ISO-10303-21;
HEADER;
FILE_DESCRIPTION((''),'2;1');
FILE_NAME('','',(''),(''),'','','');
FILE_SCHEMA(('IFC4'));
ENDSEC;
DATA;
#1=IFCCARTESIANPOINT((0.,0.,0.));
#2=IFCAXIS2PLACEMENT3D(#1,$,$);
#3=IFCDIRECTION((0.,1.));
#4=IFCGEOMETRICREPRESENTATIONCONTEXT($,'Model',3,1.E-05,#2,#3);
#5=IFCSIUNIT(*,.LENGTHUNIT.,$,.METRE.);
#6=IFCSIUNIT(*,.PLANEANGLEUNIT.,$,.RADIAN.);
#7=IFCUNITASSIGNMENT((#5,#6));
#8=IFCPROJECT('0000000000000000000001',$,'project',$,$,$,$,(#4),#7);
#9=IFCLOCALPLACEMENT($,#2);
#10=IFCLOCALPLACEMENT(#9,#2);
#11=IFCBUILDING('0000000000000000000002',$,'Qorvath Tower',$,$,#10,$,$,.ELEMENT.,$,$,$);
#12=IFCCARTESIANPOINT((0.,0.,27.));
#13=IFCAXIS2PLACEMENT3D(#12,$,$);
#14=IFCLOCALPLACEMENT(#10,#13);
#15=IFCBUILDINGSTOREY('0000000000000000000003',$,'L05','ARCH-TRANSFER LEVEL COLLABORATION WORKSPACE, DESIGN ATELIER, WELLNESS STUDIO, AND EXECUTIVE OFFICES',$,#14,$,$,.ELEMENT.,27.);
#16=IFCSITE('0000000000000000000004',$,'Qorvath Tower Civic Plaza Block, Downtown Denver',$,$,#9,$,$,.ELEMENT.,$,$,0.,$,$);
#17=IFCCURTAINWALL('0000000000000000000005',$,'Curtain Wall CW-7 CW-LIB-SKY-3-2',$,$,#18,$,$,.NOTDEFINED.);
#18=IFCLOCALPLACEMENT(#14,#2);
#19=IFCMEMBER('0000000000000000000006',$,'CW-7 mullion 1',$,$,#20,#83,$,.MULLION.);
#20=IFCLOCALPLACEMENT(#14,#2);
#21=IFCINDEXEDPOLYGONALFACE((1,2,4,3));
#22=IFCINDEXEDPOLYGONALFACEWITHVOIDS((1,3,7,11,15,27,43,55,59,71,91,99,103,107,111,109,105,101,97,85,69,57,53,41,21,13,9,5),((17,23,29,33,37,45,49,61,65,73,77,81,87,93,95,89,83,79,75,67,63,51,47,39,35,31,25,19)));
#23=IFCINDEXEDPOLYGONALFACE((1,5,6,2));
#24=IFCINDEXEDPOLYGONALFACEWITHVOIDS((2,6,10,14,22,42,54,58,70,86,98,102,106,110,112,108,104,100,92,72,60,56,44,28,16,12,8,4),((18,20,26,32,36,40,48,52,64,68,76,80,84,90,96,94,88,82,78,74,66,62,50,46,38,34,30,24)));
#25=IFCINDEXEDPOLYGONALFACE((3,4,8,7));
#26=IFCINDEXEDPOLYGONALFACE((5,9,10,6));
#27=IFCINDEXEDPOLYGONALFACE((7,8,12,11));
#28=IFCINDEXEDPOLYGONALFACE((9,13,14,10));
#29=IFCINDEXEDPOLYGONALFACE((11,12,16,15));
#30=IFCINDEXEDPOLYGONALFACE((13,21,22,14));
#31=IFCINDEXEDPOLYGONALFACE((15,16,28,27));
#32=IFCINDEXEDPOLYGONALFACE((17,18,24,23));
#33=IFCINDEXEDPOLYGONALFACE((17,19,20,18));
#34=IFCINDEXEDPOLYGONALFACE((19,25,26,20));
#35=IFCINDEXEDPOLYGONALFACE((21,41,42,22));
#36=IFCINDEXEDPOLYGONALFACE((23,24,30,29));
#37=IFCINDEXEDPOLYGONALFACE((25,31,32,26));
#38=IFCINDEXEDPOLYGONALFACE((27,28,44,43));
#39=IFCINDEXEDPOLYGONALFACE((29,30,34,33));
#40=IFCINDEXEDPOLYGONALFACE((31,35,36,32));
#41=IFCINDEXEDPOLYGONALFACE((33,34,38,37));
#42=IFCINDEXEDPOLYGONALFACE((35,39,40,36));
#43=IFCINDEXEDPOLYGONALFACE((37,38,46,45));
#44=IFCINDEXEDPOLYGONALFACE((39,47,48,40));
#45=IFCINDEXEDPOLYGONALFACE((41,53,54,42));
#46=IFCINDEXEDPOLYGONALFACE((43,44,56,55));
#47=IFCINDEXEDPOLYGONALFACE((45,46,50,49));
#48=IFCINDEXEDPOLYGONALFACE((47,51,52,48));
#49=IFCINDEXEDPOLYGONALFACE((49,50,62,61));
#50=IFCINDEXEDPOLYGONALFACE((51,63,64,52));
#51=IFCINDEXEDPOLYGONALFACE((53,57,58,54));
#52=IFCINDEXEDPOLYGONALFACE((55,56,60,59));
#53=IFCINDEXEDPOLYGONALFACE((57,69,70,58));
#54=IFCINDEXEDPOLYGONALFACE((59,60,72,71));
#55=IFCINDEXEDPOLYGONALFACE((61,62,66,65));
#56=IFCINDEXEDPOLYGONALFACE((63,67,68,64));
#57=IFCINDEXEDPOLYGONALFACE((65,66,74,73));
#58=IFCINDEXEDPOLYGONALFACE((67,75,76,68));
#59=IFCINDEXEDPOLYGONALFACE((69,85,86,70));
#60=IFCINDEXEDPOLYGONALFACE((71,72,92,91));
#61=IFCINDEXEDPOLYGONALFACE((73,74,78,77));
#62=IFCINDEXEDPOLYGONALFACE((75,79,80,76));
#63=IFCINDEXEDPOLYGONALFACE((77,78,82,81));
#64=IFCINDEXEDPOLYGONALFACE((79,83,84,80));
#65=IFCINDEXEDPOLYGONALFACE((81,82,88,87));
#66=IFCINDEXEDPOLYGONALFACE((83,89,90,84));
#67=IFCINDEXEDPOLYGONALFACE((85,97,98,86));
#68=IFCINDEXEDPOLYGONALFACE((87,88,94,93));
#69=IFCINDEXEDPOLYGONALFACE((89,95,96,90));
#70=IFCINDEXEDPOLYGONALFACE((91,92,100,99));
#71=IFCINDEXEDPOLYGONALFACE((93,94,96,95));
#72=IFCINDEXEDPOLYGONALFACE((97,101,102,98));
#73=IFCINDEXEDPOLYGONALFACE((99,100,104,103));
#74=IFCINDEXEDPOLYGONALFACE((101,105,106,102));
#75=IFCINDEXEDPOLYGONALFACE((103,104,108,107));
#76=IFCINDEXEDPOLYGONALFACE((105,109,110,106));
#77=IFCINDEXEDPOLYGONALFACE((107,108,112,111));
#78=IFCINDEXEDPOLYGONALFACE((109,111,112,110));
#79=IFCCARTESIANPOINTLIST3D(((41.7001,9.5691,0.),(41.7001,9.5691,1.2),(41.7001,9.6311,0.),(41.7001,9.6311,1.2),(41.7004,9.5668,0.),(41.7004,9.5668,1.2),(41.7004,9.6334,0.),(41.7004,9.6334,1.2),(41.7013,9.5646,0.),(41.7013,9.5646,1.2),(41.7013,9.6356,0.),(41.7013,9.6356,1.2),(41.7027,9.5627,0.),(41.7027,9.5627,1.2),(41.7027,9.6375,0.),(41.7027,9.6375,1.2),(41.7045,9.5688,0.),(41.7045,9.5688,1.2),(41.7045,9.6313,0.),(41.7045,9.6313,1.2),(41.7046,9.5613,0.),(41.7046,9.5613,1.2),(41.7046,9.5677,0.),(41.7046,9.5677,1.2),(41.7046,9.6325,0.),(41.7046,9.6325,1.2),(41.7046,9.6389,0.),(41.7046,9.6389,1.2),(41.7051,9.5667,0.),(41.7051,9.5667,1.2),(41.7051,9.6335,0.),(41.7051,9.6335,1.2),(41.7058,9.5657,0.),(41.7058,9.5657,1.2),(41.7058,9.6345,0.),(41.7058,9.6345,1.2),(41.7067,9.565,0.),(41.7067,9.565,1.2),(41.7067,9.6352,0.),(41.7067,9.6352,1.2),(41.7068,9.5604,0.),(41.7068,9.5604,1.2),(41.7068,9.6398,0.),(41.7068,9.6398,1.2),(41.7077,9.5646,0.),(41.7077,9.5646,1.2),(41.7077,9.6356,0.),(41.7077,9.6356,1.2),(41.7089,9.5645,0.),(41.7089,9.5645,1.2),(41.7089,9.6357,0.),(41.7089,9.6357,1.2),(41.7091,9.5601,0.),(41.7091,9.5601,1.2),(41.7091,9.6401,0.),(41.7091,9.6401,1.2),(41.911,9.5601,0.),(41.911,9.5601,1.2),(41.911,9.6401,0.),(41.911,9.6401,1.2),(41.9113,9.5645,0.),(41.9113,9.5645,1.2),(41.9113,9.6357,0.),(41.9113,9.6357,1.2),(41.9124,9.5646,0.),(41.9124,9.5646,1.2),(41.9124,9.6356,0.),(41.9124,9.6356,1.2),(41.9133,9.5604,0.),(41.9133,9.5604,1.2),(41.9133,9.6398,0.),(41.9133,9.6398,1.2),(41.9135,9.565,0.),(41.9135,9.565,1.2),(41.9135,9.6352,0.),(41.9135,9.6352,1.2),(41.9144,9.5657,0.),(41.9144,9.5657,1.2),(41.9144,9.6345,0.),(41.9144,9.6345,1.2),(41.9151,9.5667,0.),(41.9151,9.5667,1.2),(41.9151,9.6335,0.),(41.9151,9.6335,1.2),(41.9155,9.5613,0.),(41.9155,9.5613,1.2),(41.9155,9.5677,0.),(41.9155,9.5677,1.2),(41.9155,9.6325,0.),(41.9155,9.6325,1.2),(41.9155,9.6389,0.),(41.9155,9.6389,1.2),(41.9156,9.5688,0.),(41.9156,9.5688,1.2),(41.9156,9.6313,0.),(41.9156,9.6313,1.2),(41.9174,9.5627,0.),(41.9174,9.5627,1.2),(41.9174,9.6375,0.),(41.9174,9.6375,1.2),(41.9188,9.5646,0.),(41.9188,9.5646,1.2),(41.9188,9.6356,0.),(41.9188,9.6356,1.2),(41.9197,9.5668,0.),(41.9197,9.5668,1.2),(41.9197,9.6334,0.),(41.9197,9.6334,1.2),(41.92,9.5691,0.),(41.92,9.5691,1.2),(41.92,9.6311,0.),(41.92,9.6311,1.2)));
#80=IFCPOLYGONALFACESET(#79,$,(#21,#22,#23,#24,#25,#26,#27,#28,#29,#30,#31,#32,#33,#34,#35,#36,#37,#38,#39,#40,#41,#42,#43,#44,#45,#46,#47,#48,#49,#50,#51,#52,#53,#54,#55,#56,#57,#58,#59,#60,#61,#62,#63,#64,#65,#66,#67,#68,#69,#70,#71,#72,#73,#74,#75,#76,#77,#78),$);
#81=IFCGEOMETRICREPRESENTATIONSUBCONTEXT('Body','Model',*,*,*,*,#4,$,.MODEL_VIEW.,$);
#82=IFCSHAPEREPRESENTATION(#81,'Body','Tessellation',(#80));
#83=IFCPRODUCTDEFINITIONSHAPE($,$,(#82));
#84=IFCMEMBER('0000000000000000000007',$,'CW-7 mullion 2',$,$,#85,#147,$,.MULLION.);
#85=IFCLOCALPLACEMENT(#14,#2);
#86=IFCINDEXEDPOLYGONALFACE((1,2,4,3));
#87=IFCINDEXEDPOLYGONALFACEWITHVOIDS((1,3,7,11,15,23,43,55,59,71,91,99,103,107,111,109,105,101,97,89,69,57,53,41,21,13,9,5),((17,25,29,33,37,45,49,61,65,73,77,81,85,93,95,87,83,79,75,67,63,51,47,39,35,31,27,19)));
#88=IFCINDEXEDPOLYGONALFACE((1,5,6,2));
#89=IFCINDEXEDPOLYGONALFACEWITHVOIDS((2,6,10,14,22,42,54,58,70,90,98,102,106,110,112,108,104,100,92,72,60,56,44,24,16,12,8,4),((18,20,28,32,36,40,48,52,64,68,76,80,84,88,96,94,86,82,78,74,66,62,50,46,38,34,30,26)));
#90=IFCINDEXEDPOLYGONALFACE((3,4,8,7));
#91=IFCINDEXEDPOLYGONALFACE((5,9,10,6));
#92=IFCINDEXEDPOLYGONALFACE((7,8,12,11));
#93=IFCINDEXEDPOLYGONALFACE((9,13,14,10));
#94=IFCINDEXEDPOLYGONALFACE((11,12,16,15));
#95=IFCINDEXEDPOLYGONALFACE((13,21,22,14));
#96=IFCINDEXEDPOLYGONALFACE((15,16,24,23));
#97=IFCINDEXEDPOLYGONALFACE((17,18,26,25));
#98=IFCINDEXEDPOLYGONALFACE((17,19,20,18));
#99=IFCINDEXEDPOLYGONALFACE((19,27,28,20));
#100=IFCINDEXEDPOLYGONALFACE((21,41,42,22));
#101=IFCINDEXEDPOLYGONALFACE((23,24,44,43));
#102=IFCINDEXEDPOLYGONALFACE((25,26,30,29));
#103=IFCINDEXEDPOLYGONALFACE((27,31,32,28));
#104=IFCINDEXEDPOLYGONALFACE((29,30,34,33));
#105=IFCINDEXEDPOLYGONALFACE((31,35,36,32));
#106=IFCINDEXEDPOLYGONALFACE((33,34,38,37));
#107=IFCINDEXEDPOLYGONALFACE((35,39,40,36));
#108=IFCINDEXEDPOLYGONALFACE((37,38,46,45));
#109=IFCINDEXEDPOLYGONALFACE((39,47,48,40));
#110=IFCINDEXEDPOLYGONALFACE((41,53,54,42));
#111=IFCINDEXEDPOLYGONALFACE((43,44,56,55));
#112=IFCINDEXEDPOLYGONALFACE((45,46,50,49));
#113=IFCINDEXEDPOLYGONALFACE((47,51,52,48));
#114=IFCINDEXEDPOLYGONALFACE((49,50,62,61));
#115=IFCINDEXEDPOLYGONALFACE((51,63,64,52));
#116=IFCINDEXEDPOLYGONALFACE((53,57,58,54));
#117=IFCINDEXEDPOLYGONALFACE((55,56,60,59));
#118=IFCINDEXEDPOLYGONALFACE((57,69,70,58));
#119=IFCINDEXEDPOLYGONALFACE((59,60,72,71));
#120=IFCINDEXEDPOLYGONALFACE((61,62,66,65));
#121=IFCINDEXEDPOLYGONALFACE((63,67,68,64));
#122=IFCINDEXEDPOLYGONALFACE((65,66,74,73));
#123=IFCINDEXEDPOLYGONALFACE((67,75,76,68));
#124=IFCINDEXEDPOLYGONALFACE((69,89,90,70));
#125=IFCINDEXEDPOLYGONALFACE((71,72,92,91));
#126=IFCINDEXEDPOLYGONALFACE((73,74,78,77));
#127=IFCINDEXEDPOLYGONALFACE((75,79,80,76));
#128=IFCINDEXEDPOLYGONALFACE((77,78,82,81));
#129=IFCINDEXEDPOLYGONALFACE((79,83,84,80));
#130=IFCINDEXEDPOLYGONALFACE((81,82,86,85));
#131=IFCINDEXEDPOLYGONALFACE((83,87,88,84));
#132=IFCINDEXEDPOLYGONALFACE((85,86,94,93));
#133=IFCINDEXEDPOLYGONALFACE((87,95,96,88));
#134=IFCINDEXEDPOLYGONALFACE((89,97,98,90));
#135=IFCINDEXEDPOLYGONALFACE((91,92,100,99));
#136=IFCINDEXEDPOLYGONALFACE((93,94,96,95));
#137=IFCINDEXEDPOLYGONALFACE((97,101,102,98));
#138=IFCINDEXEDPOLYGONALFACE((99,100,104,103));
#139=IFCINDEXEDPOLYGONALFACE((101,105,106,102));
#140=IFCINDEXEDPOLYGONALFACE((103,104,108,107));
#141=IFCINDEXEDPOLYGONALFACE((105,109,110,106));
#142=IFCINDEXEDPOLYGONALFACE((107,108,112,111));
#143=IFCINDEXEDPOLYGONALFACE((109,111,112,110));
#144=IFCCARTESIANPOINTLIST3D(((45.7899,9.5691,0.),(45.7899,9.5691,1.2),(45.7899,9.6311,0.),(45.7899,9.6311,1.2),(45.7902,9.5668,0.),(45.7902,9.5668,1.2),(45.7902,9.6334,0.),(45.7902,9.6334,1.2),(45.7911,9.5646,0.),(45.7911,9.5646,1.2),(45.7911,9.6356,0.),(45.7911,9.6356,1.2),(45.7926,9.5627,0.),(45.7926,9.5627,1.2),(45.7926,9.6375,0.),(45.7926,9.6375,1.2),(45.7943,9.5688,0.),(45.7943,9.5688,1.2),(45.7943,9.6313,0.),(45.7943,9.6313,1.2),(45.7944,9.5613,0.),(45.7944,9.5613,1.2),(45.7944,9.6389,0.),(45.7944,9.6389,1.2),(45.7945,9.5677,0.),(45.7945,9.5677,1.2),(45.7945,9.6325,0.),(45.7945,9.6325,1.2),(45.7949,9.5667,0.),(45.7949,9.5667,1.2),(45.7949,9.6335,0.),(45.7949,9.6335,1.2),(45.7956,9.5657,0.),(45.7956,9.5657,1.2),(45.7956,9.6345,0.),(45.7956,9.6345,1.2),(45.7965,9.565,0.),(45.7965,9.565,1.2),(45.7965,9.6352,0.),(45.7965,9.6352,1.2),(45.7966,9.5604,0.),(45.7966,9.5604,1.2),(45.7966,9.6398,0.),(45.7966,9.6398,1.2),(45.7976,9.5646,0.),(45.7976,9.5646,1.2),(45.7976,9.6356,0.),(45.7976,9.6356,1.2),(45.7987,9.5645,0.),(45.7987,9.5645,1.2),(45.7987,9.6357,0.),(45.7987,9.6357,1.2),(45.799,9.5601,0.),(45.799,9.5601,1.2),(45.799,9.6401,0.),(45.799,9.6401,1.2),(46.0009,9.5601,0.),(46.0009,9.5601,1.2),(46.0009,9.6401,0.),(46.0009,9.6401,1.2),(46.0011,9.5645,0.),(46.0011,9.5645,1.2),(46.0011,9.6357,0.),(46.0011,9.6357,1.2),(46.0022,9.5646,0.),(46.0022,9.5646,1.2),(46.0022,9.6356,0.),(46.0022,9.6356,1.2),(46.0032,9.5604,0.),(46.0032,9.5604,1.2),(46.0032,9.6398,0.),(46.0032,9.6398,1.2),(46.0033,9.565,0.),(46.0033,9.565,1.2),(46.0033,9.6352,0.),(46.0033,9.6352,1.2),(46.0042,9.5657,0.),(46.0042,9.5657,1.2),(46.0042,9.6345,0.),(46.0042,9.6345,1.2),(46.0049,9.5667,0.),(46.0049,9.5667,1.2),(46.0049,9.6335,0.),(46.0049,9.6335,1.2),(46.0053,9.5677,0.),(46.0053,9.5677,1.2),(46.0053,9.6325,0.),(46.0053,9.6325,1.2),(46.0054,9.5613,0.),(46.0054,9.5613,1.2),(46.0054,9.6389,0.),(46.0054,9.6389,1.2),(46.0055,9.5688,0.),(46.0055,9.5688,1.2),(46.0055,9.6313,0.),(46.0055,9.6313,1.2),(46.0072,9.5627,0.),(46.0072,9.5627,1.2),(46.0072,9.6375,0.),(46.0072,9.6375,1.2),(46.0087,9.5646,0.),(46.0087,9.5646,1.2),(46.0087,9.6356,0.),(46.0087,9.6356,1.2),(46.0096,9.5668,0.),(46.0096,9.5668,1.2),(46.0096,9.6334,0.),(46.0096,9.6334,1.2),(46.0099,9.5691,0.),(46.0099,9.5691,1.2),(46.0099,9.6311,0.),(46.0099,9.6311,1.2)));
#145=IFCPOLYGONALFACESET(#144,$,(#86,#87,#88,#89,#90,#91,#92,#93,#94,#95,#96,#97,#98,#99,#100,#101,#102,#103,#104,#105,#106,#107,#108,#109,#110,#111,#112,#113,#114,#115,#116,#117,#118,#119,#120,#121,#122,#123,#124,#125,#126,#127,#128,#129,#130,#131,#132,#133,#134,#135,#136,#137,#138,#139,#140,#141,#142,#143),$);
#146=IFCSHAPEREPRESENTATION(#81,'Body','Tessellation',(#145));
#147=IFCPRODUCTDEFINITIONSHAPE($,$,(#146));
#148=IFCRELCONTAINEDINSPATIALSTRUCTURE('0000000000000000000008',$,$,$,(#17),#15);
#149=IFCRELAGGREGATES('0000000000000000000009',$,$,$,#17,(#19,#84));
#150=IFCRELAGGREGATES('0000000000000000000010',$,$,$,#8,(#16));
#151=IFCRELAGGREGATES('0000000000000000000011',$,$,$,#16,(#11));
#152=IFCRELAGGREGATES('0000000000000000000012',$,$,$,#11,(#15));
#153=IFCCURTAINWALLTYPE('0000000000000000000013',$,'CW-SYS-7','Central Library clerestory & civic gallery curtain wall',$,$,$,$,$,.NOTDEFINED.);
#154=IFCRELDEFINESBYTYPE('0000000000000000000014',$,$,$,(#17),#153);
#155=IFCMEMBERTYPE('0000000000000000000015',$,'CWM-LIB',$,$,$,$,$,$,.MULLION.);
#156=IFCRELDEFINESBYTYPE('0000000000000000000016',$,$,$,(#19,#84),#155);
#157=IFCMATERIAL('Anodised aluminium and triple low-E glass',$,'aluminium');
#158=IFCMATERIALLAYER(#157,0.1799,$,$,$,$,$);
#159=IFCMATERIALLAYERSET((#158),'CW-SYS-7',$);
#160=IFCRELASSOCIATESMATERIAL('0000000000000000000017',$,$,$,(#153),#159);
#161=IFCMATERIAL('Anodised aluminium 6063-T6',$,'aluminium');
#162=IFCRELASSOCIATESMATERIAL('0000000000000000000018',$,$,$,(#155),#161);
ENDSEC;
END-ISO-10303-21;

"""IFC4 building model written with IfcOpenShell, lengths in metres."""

from ifc_helpers import new_model, si_unit, direction, frame, origin, origin_2d, place, context, subcontext, project, spatial, hollow_rectangle, extrude, material, layer, layer_set, material_profile, profile_set, type_object, element, aggregate, save


model = new_model("IFC4")

# Units and contexts
model_context = context("Model", 3, precision=1e-05, world=origin(), true_north=direction((0.0, 1.0)))
body_context = subcontext(model_context, "Body", "Model", "MODEL_VIEW")
ifc_project = project(units=[si_unit("LENGTHUNIT", "METRE"), si_unit("PLANEANGLEUNIT", "RADIAN")], contexts=[model_context])

# Site, building, storey
site_placement = place(None, origin())
site = spatial("IfcSite", under=ifc_project, at=site_placement, Name="Qorvath Tower Civic Plaza Block, Downtown Denver", CompositionType="ELEMENT", RefElevation=0.0)
building_placement = place(site_placement, origin())
building = spatial("IfcBuilding", under=site, at=building_placement, Name="Qorvath Tower", CompositionType="ELEMENT")
storey_placement = place(building_placement, frame((0.0, 0.0, 27.0)))
storey = spatial("IfcBuildingStorey", under=building, at=storey_placement, Name="L05", Description="ARCH-TRANSFER LEVEL COLLABORATION WORKSPACE, DESIGN ATELIER, WELLNESS STUDIO, AND EXECUTIVE OFFICES", CompositionType="ELEMENT", Elevation=27.0)

# Curtain wall, members
ifc_material_1 = material(Name="Anodised aluminium and triple low-E glass", Category="aluminium")
ifc_layer_1 = layer(ifc_material_1, 0.1799)
ifc_layer_set_1 = layer_set([ifc_layer_1], Name="CW-SYS-7")
curtain_wall_type = type_object("IfcCurtainWallType", Name="CW-SYS-7", Description="Central Library clerestory & civic gallery curtain wall", PredefinedType="NOTDEFINED", material=ifc_layer_set_1)
ifc_material_2 = material(Name="Anodised aluminium 6063-T6", Category="aluminium")
ifc_material_profile_1 = material_profile(ifc_material_2, hollow_rectangle(XDim=0.0801, YDim=0.22, WallThickness=0.0044, InnerFilletRadius=0.0044, OuterFilletRadius=0.009, at=origin_2d()), Name="CWM LIB 220x80")
ifc_profile_set_1 = profile_set([ifc_material_profile_1], Name="Anodised aluminium 6063-T6")
member_type_1 = type_object("IfcMemberType", Name="CWM-LIB", PredefinedType="MULLION", material=ifc_profile_set_1)
curtain_wall_1_placement = place(storey_placement, origin())
curtain_wall_1 = element("IfcCurtainWall", 1, at=curtain_wall_1_placement, inside=storey, type_object=curtain_wall_type, Name="Curtain Wall CW-7 CW-LIB-SKY-3-2", PredefinedType="NOTDEFINED")
member_1_placement = place(storey_placement, frame((41.8101, 9.6001, 0.0), z_axis=(0.0, 0.0, 1.0), x_axis=(0.0, 1.0, 0.0)))
member_1 = element("IfcMember", 2, at=member_1_placement, type_object=member_type_1, Name="CW-7 mullion 1", PredefinedType="MULLION", context=body_context, shape_type="SweptSolid", body=[
    extrude(hollow_rectangle(XDim=0.0801, YDim=0.22, WallThickness=0.0044, InnerFilletRadius=0.0044, OuterFilletRadius=0.009, at=origin_2d()), origin(), (0.0, 0.0, 1.0), 1.2),
])
member_2_placement = place(storey_placement, frame((45.8999, 9.6001, 0.0), z_axis=(0.0, 0.0, 1.0), x_axis=(0.0, 1.0, 0.0)))
member_2 = element("IfcMember", 3, at=member_2_placement, type_object=member_type_1, Name="CW-7 mullion 2", PredefinedType="MULLION", context=body_context, shape_type="SweptSolid", body=[
    extrude(hollow_rectangle(XDim=0.0801, YDim=0.22, WallThickness=0.0044, InnerFilletRadius=0.0044, OuterFilletRadius=0.009, at=origin_2d()), origin(), (0.0, 0.0, 1.0), 1.2),
])

aggregate(curtain_wall_1, [member_1, member_2])

save(model, "model.ifc")
